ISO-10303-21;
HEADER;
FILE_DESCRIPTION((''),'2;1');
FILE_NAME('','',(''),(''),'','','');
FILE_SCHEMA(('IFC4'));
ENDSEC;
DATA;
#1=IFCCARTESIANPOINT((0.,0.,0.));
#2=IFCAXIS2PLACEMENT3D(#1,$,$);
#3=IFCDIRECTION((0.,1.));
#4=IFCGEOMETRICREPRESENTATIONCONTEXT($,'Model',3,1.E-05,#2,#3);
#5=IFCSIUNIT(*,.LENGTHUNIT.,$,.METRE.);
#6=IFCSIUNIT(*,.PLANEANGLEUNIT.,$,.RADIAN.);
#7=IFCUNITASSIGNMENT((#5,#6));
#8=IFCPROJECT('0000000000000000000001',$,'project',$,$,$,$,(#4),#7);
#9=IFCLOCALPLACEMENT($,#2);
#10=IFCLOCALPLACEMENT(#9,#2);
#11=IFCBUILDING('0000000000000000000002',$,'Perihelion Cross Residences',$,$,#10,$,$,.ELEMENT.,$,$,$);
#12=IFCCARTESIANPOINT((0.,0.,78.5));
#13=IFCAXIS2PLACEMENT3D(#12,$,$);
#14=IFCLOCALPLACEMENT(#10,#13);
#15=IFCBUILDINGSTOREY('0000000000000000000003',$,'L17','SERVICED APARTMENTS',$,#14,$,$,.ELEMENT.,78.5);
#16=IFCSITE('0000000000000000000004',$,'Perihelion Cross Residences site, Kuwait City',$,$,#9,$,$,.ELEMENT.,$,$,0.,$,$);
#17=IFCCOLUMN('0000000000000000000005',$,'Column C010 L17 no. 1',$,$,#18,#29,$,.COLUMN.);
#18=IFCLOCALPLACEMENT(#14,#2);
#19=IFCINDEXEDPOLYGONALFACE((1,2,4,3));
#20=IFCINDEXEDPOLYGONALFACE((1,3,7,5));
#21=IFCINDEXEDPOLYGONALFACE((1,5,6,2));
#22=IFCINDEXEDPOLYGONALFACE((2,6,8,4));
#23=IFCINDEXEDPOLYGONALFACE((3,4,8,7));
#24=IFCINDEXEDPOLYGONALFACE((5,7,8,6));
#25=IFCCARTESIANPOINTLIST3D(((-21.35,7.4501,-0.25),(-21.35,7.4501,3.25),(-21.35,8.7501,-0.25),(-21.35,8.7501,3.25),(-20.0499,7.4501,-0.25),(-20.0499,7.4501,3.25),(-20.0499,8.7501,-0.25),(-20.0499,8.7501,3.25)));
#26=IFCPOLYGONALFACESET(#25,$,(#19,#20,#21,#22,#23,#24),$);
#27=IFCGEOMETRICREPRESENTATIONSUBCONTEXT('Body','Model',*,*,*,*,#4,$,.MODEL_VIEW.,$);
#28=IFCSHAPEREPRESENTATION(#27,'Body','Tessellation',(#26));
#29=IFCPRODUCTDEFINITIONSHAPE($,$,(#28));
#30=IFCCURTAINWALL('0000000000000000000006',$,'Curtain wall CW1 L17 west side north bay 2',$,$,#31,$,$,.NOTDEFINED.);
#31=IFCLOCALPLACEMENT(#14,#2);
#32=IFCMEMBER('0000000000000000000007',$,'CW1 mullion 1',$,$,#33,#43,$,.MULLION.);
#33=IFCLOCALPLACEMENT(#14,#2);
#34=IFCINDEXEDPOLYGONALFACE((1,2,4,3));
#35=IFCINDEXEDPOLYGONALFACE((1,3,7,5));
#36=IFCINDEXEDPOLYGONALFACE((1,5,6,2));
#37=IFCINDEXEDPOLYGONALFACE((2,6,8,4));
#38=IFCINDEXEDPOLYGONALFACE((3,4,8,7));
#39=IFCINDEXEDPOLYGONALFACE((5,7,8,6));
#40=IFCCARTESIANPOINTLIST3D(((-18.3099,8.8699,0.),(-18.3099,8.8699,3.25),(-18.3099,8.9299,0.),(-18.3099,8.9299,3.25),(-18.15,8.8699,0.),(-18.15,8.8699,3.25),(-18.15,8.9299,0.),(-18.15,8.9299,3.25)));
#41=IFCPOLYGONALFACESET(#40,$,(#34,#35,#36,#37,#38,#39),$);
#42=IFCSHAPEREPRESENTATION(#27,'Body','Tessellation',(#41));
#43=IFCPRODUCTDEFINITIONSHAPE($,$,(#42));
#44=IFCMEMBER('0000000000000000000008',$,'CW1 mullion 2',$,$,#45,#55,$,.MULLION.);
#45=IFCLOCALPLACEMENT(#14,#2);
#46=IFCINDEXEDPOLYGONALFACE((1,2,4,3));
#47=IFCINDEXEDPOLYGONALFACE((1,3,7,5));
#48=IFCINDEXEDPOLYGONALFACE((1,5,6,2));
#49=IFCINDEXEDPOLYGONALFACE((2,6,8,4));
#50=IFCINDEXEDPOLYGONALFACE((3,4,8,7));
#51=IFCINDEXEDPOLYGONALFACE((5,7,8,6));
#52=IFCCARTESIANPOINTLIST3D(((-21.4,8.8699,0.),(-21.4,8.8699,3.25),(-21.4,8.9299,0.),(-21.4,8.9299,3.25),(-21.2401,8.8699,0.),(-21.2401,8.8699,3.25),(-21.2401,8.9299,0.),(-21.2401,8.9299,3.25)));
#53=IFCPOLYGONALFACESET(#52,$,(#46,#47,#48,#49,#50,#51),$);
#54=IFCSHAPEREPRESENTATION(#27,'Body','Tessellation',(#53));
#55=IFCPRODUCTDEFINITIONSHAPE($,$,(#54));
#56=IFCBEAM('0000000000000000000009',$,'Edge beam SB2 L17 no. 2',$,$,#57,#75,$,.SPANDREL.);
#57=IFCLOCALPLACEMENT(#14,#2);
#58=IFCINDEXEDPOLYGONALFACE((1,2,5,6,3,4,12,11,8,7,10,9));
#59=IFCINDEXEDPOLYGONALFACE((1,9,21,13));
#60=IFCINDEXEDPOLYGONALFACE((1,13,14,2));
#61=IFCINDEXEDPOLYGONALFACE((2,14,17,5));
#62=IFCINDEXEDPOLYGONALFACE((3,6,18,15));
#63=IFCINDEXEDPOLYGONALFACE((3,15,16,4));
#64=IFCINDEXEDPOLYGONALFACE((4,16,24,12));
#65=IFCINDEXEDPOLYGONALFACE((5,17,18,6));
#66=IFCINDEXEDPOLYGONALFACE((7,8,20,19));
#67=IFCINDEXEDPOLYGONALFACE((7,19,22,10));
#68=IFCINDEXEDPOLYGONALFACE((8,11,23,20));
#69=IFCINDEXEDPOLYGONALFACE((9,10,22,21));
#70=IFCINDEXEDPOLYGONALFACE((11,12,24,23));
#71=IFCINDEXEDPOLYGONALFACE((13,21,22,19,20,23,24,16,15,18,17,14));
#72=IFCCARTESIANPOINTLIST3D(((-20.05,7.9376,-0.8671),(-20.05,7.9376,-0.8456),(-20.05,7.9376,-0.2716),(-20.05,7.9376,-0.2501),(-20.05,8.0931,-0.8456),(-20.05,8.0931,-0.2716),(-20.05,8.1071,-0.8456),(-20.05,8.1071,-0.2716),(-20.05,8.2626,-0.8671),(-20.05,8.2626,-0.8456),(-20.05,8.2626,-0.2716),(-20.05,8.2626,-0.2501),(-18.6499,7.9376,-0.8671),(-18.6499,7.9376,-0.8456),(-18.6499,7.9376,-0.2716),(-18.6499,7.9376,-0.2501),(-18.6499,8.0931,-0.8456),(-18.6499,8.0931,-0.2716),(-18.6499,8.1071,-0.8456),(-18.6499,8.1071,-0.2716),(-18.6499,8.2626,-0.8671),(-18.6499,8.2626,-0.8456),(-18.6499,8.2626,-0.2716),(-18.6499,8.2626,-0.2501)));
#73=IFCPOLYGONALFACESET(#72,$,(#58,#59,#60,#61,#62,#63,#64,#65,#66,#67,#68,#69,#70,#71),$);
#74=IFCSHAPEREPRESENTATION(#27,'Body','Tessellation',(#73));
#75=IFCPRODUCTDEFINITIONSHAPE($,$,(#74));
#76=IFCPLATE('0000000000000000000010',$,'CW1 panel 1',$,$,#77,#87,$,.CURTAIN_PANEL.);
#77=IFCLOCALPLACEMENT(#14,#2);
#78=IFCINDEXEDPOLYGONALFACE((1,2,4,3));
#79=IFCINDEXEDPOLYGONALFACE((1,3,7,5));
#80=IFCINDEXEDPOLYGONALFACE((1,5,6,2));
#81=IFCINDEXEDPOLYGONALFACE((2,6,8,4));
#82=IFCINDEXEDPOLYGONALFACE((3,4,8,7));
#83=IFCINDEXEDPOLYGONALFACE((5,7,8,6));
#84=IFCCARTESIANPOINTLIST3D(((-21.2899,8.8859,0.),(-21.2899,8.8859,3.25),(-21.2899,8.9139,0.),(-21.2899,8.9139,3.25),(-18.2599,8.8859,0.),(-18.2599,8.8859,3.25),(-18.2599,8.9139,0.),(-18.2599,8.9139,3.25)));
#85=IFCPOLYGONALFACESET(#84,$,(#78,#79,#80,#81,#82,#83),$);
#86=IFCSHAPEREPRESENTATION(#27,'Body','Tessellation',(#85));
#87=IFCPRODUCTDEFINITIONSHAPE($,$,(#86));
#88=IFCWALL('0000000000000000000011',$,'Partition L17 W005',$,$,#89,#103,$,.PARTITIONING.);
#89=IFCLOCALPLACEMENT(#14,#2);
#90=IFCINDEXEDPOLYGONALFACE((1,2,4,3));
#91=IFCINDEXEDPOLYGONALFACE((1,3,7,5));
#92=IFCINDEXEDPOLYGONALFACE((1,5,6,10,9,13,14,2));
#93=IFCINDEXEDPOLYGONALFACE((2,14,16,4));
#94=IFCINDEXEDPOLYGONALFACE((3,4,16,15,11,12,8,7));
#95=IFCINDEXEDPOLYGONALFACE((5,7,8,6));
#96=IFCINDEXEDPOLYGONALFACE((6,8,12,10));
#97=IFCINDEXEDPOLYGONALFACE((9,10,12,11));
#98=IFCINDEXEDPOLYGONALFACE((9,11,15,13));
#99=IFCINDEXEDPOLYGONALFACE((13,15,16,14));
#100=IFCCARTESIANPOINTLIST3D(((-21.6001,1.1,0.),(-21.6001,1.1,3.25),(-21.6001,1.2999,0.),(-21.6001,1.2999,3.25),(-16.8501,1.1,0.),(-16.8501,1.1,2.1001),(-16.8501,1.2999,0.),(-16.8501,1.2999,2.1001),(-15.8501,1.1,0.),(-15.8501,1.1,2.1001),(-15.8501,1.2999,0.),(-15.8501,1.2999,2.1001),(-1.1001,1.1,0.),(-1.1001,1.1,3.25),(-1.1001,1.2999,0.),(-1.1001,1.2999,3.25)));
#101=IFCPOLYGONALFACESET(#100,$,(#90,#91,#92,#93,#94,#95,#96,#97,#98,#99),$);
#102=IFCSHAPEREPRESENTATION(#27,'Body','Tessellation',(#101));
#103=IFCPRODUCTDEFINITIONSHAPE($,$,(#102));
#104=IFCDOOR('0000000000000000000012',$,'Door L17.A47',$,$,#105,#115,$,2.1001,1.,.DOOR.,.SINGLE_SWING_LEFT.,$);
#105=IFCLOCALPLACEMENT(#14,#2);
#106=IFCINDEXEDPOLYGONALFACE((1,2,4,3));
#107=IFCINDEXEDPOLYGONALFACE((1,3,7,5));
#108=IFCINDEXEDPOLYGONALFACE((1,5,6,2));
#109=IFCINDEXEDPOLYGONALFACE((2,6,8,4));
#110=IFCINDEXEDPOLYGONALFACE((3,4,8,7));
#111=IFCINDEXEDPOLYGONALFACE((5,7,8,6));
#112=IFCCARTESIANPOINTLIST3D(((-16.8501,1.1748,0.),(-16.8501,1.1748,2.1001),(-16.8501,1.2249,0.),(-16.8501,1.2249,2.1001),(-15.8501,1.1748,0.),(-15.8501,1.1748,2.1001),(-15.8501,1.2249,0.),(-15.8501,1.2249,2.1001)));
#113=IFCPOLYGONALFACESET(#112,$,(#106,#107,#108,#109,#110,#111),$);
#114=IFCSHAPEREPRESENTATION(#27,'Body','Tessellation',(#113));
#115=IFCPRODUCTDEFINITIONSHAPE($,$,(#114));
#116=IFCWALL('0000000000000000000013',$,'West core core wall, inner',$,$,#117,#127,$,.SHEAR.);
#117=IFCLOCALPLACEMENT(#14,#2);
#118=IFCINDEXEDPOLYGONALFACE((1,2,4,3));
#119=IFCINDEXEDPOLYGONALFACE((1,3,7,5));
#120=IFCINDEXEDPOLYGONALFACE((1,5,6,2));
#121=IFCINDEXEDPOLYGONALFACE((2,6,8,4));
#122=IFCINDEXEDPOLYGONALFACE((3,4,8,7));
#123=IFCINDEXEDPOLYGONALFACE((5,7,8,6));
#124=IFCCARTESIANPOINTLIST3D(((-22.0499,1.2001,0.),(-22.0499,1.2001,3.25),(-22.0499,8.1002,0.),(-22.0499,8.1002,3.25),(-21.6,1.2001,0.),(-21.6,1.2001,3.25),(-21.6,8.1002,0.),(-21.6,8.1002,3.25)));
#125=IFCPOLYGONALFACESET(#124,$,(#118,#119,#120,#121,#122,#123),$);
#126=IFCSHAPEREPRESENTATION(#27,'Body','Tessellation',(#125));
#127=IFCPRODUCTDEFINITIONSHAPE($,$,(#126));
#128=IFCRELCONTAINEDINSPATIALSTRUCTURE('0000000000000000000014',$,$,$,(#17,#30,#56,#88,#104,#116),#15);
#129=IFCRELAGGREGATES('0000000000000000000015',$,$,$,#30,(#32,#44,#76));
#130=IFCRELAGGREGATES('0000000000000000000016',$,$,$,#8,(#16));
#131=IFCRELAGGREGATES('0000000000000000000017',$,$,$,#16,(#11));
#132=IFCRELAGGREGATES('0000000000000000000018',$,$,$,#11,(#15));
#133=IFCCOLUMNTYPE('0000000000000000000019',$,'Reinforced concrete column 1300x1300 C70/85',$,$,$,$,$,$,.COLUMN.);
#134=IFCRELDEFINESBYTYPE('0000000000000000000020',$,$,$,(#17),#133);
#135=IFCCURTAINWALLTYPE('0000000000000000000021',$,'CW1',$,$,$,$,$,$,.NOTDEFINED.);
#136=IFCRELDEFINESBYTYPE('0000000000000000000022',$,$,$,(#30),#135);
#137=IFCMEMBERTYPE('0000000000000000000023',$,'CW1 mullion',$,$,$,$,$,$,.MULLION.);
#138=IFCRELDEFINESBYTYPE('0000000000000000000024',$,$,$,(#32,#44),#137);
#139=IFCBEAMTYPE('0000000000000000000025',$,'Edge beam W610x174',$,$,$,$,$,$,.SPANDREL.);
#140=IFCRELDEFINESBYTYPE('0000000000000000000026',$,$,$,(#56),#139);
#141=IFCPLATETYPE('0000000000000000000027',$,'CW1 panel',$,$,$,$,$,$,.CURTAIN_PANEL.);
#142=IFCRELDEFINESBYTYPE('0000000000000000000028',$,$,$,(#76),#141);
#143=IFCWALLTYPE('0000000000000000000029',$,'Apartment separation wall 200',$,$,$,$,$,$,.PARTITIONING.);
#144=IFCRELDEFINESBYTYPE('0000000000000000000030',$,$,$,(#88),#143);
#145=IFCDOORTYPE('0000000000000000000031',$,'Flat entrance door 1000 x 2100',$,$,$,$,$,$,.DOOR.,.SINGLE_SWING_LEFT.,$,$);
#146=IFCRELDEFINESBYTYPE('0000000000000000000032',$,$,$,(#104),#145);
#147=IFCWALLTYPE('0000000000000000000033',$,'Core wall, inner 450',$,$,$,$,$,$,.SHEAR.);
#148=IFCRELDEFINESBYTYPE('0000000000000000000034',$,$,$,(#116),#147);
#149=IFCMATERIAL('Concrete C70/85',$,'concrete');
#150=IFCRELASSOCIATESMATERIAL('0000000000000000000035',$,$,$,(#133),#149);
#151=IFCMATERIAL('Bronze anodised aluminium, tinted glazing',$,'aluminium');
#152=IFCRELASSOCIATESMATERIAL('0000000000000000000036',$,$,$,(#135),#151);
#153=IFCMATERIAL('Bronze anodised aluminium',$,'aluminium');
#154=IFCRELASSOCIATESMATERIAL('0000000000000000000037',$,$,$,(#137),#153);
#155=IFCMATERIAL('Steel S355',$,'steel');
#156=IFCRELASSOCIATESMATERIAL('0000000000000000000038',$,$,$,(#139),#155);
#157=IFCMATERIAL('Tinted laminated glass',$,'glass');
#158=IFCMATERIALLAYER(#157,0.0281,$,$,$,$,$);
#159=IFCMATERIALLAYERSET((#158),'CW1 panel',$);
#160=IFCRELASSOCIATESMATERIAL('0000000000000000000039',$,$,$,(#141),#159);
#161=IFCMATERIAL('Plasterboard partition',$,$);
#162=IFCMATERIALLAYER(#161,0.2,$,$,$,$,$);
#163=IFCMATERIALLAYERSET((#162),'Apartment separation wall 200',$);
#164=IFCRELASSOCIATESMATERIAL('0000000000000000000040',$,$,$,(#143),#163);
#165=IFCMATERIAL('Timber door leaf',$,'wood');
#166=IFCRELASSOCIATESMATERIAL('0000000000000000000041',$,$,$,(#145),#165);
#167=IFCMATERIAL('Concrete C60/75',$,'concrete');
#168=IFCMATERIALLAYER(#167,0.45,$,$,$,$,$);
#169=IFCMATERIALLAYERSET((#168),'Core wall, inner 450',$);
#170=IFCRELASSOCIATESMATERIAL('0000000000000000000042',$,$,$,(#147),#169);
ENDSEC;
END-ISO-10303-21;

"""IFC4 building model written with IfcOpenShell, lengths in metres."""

from ifc_helpers import new_model, si_unit, direction, frame, frame_2d, origin, origin_2d, place, context, subcontext, project, spatial, rectangle, i_section, extrude, material, layer, layer_set, material_profile, profile_set, type_object, element, fill, aggregate, save


model = new_model("IFC4")

# Units and contexts
model_context = context("Model", 3, precision=1e-05, world=origin(), true_north=direction((0.0, 1.0)))
body_context = subcontext(model_context, "Body", "Model", "MODEL_VIEW")
ifc_project = project(units=[si_unit("LENGTHUNIT", "METRE"), si_unit("PLANEANGLEUNIT", "RADIAN")], contexts=[model_context])

# Site, building, storey
site_placement = place(None, origin())
site = spatial("IfcSite", under=ifc_project, at=site_placement, Name="Perihelion Cross Residences site, Kuwait City", CompositionType="ELEMENT", RefElevation=0.0)
building_placement = place(site_placement, origin())
building = spatial("IfcBuilding", under=site, at=building_placement, Name="Perihelion Cross Residences", CompositionType="ELEMENT")
storey_placement = place(building_placement, frame((0.0, 0.0, 78.5)))
storey = spatial("IfcBuildingStorey", under=building, at=storey_placement, Name="L17", Description="SERVICED APARTMENTS", CompositionType="ELEMENT", Elevation=78.5)

# Column
ifc_material_1 = material(Name="Concrete C70/85", Category="concrete")
ifc_material_profile_1 = material_profile(ifc_material_1, rectangle(XDim=1.3, YDim=1.3, at=origin_2d()), Name="RC 1300x1300")
ifc_profile_set_1 = profile_set([ifc_material_profile_1], Name="Concrete C70/85")
column_type = type_object("IfcColumnType", Name="Reinforced concrete column 1300x1300 C70/85", PredefinedType="COLUMN", material=ifc_profile_set_1)
column_placement = place(storey_placement, frame((-20.7, 8.1001, -0.25), z_axis=(0.0, 0.0, 1.0), x_axis=(1.0, 0.0, 0.0)))
element("IfcColumn", 1, at=column_placement, inside=storey, type_object=column_type, Name="Column C010 L17 no. 1", PredefinedType="COLUMN", context=body_context, shape_type="SweptSolid", body=[
    extrude(rectangle(XDim=1.3, YDim=1.3, at=origin_2d()), origin(), (0.0, 0.0, 1.0), 3.5),
])

# Curtain wall, members
ifc_material_2 = material(Name="Bronze anodised aluminium, tinted glazing", Category="aluminium")
curtain_wall_type = type_object("IfcCurtainWallType", Name="CW1", PredefinedType="NOTDEFINED", material=ifc_material_2)
curtain_wall_placement = place(storey_placement, origin())
curtain_wall = element("IfcCurtainWall", 2, at=curtain_wall_placement, inside=storey, type_object=curtain_wall_type, Name="Curtain wall CW1 L17 west side north bay 2", PredefinedType="NOTDEFINED")
ifc_material_3 = material(Name="Bronze anodised aluminium", Category="aluminium")
ifc_material_profile_2 = material_profile(ifc_material_3, rectangle(XDim=0.0601, YDim=0.1599, at=origin_2d()), Name="CW1 mullion")
ifc_profile_set_2 = profile_set([ifc_material_profile_2], Name="Bronze anodised aluminium")
member_type = type_object("IfcMemberType", Name="CW1 mullion", PredefinedType="MULLION", material=ifc_profile_set_2)
member_1_placement = place(storey_placement, frame((-18.23, 8.8999, 0.0), z_axis=(0.0, 0.0, 1.0), x_axis=(0.0, -1.0, 0.0)))
member_1 = element("IfcMember", 3, at=member_1_placement, type_object=member_type, Name="CW1 mullion 1", PredefinedType="MULLION", context=body_context, shape_type="SweptSolid", body=[
    extrude(rectangle(XDim=0.0601, YDim=0.1599, at=origin_2d()), origin(), (0.0, 0.0, 1.0), 3.25),
])
member_2_placement = place(storey_placement, frame((-21.3201, 8.8999, 0.0), z_axis=(0.0, 0.0, 1.0), x_axis=(0.0, -1.0, 0.0)))
member_2 = element("IfcMember", 4, at=member_2_placement, type_object=member_type, Name="CW1 mullion 2", PredefinedType="MULLION", context=body_context, shape_type="SweptSolid", body=[
    extrude(rectangle(XDim=0.0601, YDim=0.1599, at=origin_2d()), origin(), (0.0, 0.0, 1.0), 3.25),
])

# Beam
ifc_material_4 = material(Name="Steel S355", Category="steel")
ifc_material_profile_3 = material_profile(ifc_material_4, i_section(OverallWidth=0.325, OverallDepth=0.6169, WebThickness=0.0139, FlangeThickness=0.0215, at=origin_2d()), Name="W610x174")
ifc_profile_set_3 = profile_set([ifc_material_profile_3], Name="Steel S355")
beam_type = type_object("IfcBeamType", Name="Edge beam W610x174", PredefinedType="SPANDREL", material=ifc_profile_set_3)
beam_placement = place(storey_placement, frame((-18.6499, 8.1001, -0.5586), z_axis=(-1.0, 0.0, 0.0), x_axis=(0.0, -1.0, 0.0)))
element("IfcBeam", 5, at=beam_placement, inside=storey, type_object=beam_type, Name="Edge beam SB2 L17 no. 2", PredefinedType="SPANDREL", context=body_context, shape_type="SweptSolid", body=[
    extrude(i_section(OverallWidth=0.325, OverallDepth=0.6169, WebThickness=0.0139, FlangeThickness=0.0215, at=origin_2d()), origin(), (0.0, 0.0, 1.0), 1.4001),
])

# Plate
ifc_material_5 = material(Name="Tinted laminated glass", Category="glass")
ifc_layer_1 = layer(ifc_material_5, 0.0281)
ifc_layer_set_1 = layer_set([ifc_layer_1], Name="CW1 panel")
plate_type = type_object("IfcPlateType", Name="CW1 panel", PredefinedType="CURTAIN_PANEL", material=ifc_layer_set_1)
plate_placement = place(storey_placement, frame((-19.7749, 8.8999, 0.0), z_axis=(0.0, 0.0, 1.0), x_axis=(-1.0, 0.0, 0.0)))
plate = element("IfcPlate", 6, at=plate_placement, type_object=plate_type, Name="CW1 panel 1", PredefinedType="CURTAIN_PANEL", context=body_context, shape_type="SweptSolid", body=[
    extrude(rectangle(XDim=3.03, YDim=0.0281, at=origin_2d()), origin(), (0.0, 0.0, 1.0), 3.25),
])
aggregate(curtain_wall, [member_1, member_2, plate])

# Wall, opening, door
ifc_material_6 = material(Name="Plasterboard partition")
ifc_layer_2 = layer(ifc_material_6, 0.2)
ifc_layer_set_2 = layer_set([ifc_layer_2], Name="Apartment separation wall 200")
wall_type_1 = type_object("IfcWallType", Name="Apartment separation wall 200", PredefinedType="PARTITIONING", material=ifc_layer_set_2)
wall_1_placement = place(storey_placement, frame((-21.6001, 1.2, 0.0), z_axis=(0.0, 0.0, 1.0), x_axis=(1.0, 0.0, 0.0)))
wall_1 = element("IfcWall", 7, at=wall_1_placement, inside=storey, type_object=wall_type_1, Name="Partition L17 W005", PredefinedType="PARTITIONING", context=body_context, shape_type="SweptSolid", body=[
    extrude(rectangle(XDim=20.5, YDim=0.2, at=frame_2d((10.25, 0.0))), origin(), (0.0, 0.0, 1.0), 3.25),
])
opening_1_placement = place(wall_1_placement, frame((4.75, 0.0, 0.0)))
opening_1 = element("IfcOpeningElement", 8, at=opening_1_placement, cuts=wall_1, PredefinedType="OPENING", context=body_context, shape_type="SweptSolid", body=[
    extrude(rectangle(XDim=1.0, YDim=2.1001, at=frame_2d((0.5, 1.05))), frame((0.0, 0.1099, 0.0), z_axis=(0.0, -1.0, 0.0), x_axis=(1.0, 0.0, 0.0)), (0.0, 0.0, 1.0), 0.22),
])
ifc_material_7 = material(Name="Timber door leaf", Category="wood")
door_type_1 = type_object("IfcDoorType", Name="Flat entrance door 1000 x 2100", OperationType="SINGLE_SWING_LEFT", PredefinedType="DOOR", material=ifc_material_7)
door_1_placement = place(opening_1_placement, origin())
door_1 = element("IfcDoor", 9, at=door_1_placement, inside=storey, type_object=door_type_1, Name="Door L17.A47", OperationType="SINGLE_SWING_LEFT", OverallHeight=2.1001, OverallWidth=1.0, PredefinedType="DOOR", context=body_context, shape_type="SweptSolid", body=[
    extrude(rectangle(XDim=1.0, YDim=2.1001, at=frame_2d((0.5, 1.05))), frame((0.0, 0.0249, 0.0), z_axis=(0.0, -1.0, 0.0), x_axis=(1.0, 0.0, 0.0)), (0.0, 0.0, 1.0), 0.05),
])
fill(opening_1, door_1)

# Wall
ifc_material_8 = material(Name="Concrete C60/75", Category="concrete")
ifc_layer_3 = layer(ifc_material_8, 0.45)
ifc_layer_set_3 = layer_set([ifc_layer_3], Name="Core wall, inner 450")
wall_type_2 = type_object("IfcWallType", Name="Core wall, inner 450", PredefinedType="SHEAR", material=ifc_layer_set_3)
wall_2_placement = place(storey_placement, frame((-21.825, 1.2, 0.0), z_axis=(0.0, 0.0, 1.0), x_axis=(0.0, 1.0, 0.0)))
element("IfcWall", 10, at=wall_2_placement, inside=storey, type_object=wall_type_2, Name="West core core wall, inner", PredefinedType="SHEAR", context=body_context, shape_type="SweptSolid", body=[
    extrude(rectangle(XDim=6.9001, YDim=0.45, at=frame_2d((3.4502, 0.0))), origin(), (0.0, 0.0, 1.0), 3.25),
])

save(model, "model.ifc")
